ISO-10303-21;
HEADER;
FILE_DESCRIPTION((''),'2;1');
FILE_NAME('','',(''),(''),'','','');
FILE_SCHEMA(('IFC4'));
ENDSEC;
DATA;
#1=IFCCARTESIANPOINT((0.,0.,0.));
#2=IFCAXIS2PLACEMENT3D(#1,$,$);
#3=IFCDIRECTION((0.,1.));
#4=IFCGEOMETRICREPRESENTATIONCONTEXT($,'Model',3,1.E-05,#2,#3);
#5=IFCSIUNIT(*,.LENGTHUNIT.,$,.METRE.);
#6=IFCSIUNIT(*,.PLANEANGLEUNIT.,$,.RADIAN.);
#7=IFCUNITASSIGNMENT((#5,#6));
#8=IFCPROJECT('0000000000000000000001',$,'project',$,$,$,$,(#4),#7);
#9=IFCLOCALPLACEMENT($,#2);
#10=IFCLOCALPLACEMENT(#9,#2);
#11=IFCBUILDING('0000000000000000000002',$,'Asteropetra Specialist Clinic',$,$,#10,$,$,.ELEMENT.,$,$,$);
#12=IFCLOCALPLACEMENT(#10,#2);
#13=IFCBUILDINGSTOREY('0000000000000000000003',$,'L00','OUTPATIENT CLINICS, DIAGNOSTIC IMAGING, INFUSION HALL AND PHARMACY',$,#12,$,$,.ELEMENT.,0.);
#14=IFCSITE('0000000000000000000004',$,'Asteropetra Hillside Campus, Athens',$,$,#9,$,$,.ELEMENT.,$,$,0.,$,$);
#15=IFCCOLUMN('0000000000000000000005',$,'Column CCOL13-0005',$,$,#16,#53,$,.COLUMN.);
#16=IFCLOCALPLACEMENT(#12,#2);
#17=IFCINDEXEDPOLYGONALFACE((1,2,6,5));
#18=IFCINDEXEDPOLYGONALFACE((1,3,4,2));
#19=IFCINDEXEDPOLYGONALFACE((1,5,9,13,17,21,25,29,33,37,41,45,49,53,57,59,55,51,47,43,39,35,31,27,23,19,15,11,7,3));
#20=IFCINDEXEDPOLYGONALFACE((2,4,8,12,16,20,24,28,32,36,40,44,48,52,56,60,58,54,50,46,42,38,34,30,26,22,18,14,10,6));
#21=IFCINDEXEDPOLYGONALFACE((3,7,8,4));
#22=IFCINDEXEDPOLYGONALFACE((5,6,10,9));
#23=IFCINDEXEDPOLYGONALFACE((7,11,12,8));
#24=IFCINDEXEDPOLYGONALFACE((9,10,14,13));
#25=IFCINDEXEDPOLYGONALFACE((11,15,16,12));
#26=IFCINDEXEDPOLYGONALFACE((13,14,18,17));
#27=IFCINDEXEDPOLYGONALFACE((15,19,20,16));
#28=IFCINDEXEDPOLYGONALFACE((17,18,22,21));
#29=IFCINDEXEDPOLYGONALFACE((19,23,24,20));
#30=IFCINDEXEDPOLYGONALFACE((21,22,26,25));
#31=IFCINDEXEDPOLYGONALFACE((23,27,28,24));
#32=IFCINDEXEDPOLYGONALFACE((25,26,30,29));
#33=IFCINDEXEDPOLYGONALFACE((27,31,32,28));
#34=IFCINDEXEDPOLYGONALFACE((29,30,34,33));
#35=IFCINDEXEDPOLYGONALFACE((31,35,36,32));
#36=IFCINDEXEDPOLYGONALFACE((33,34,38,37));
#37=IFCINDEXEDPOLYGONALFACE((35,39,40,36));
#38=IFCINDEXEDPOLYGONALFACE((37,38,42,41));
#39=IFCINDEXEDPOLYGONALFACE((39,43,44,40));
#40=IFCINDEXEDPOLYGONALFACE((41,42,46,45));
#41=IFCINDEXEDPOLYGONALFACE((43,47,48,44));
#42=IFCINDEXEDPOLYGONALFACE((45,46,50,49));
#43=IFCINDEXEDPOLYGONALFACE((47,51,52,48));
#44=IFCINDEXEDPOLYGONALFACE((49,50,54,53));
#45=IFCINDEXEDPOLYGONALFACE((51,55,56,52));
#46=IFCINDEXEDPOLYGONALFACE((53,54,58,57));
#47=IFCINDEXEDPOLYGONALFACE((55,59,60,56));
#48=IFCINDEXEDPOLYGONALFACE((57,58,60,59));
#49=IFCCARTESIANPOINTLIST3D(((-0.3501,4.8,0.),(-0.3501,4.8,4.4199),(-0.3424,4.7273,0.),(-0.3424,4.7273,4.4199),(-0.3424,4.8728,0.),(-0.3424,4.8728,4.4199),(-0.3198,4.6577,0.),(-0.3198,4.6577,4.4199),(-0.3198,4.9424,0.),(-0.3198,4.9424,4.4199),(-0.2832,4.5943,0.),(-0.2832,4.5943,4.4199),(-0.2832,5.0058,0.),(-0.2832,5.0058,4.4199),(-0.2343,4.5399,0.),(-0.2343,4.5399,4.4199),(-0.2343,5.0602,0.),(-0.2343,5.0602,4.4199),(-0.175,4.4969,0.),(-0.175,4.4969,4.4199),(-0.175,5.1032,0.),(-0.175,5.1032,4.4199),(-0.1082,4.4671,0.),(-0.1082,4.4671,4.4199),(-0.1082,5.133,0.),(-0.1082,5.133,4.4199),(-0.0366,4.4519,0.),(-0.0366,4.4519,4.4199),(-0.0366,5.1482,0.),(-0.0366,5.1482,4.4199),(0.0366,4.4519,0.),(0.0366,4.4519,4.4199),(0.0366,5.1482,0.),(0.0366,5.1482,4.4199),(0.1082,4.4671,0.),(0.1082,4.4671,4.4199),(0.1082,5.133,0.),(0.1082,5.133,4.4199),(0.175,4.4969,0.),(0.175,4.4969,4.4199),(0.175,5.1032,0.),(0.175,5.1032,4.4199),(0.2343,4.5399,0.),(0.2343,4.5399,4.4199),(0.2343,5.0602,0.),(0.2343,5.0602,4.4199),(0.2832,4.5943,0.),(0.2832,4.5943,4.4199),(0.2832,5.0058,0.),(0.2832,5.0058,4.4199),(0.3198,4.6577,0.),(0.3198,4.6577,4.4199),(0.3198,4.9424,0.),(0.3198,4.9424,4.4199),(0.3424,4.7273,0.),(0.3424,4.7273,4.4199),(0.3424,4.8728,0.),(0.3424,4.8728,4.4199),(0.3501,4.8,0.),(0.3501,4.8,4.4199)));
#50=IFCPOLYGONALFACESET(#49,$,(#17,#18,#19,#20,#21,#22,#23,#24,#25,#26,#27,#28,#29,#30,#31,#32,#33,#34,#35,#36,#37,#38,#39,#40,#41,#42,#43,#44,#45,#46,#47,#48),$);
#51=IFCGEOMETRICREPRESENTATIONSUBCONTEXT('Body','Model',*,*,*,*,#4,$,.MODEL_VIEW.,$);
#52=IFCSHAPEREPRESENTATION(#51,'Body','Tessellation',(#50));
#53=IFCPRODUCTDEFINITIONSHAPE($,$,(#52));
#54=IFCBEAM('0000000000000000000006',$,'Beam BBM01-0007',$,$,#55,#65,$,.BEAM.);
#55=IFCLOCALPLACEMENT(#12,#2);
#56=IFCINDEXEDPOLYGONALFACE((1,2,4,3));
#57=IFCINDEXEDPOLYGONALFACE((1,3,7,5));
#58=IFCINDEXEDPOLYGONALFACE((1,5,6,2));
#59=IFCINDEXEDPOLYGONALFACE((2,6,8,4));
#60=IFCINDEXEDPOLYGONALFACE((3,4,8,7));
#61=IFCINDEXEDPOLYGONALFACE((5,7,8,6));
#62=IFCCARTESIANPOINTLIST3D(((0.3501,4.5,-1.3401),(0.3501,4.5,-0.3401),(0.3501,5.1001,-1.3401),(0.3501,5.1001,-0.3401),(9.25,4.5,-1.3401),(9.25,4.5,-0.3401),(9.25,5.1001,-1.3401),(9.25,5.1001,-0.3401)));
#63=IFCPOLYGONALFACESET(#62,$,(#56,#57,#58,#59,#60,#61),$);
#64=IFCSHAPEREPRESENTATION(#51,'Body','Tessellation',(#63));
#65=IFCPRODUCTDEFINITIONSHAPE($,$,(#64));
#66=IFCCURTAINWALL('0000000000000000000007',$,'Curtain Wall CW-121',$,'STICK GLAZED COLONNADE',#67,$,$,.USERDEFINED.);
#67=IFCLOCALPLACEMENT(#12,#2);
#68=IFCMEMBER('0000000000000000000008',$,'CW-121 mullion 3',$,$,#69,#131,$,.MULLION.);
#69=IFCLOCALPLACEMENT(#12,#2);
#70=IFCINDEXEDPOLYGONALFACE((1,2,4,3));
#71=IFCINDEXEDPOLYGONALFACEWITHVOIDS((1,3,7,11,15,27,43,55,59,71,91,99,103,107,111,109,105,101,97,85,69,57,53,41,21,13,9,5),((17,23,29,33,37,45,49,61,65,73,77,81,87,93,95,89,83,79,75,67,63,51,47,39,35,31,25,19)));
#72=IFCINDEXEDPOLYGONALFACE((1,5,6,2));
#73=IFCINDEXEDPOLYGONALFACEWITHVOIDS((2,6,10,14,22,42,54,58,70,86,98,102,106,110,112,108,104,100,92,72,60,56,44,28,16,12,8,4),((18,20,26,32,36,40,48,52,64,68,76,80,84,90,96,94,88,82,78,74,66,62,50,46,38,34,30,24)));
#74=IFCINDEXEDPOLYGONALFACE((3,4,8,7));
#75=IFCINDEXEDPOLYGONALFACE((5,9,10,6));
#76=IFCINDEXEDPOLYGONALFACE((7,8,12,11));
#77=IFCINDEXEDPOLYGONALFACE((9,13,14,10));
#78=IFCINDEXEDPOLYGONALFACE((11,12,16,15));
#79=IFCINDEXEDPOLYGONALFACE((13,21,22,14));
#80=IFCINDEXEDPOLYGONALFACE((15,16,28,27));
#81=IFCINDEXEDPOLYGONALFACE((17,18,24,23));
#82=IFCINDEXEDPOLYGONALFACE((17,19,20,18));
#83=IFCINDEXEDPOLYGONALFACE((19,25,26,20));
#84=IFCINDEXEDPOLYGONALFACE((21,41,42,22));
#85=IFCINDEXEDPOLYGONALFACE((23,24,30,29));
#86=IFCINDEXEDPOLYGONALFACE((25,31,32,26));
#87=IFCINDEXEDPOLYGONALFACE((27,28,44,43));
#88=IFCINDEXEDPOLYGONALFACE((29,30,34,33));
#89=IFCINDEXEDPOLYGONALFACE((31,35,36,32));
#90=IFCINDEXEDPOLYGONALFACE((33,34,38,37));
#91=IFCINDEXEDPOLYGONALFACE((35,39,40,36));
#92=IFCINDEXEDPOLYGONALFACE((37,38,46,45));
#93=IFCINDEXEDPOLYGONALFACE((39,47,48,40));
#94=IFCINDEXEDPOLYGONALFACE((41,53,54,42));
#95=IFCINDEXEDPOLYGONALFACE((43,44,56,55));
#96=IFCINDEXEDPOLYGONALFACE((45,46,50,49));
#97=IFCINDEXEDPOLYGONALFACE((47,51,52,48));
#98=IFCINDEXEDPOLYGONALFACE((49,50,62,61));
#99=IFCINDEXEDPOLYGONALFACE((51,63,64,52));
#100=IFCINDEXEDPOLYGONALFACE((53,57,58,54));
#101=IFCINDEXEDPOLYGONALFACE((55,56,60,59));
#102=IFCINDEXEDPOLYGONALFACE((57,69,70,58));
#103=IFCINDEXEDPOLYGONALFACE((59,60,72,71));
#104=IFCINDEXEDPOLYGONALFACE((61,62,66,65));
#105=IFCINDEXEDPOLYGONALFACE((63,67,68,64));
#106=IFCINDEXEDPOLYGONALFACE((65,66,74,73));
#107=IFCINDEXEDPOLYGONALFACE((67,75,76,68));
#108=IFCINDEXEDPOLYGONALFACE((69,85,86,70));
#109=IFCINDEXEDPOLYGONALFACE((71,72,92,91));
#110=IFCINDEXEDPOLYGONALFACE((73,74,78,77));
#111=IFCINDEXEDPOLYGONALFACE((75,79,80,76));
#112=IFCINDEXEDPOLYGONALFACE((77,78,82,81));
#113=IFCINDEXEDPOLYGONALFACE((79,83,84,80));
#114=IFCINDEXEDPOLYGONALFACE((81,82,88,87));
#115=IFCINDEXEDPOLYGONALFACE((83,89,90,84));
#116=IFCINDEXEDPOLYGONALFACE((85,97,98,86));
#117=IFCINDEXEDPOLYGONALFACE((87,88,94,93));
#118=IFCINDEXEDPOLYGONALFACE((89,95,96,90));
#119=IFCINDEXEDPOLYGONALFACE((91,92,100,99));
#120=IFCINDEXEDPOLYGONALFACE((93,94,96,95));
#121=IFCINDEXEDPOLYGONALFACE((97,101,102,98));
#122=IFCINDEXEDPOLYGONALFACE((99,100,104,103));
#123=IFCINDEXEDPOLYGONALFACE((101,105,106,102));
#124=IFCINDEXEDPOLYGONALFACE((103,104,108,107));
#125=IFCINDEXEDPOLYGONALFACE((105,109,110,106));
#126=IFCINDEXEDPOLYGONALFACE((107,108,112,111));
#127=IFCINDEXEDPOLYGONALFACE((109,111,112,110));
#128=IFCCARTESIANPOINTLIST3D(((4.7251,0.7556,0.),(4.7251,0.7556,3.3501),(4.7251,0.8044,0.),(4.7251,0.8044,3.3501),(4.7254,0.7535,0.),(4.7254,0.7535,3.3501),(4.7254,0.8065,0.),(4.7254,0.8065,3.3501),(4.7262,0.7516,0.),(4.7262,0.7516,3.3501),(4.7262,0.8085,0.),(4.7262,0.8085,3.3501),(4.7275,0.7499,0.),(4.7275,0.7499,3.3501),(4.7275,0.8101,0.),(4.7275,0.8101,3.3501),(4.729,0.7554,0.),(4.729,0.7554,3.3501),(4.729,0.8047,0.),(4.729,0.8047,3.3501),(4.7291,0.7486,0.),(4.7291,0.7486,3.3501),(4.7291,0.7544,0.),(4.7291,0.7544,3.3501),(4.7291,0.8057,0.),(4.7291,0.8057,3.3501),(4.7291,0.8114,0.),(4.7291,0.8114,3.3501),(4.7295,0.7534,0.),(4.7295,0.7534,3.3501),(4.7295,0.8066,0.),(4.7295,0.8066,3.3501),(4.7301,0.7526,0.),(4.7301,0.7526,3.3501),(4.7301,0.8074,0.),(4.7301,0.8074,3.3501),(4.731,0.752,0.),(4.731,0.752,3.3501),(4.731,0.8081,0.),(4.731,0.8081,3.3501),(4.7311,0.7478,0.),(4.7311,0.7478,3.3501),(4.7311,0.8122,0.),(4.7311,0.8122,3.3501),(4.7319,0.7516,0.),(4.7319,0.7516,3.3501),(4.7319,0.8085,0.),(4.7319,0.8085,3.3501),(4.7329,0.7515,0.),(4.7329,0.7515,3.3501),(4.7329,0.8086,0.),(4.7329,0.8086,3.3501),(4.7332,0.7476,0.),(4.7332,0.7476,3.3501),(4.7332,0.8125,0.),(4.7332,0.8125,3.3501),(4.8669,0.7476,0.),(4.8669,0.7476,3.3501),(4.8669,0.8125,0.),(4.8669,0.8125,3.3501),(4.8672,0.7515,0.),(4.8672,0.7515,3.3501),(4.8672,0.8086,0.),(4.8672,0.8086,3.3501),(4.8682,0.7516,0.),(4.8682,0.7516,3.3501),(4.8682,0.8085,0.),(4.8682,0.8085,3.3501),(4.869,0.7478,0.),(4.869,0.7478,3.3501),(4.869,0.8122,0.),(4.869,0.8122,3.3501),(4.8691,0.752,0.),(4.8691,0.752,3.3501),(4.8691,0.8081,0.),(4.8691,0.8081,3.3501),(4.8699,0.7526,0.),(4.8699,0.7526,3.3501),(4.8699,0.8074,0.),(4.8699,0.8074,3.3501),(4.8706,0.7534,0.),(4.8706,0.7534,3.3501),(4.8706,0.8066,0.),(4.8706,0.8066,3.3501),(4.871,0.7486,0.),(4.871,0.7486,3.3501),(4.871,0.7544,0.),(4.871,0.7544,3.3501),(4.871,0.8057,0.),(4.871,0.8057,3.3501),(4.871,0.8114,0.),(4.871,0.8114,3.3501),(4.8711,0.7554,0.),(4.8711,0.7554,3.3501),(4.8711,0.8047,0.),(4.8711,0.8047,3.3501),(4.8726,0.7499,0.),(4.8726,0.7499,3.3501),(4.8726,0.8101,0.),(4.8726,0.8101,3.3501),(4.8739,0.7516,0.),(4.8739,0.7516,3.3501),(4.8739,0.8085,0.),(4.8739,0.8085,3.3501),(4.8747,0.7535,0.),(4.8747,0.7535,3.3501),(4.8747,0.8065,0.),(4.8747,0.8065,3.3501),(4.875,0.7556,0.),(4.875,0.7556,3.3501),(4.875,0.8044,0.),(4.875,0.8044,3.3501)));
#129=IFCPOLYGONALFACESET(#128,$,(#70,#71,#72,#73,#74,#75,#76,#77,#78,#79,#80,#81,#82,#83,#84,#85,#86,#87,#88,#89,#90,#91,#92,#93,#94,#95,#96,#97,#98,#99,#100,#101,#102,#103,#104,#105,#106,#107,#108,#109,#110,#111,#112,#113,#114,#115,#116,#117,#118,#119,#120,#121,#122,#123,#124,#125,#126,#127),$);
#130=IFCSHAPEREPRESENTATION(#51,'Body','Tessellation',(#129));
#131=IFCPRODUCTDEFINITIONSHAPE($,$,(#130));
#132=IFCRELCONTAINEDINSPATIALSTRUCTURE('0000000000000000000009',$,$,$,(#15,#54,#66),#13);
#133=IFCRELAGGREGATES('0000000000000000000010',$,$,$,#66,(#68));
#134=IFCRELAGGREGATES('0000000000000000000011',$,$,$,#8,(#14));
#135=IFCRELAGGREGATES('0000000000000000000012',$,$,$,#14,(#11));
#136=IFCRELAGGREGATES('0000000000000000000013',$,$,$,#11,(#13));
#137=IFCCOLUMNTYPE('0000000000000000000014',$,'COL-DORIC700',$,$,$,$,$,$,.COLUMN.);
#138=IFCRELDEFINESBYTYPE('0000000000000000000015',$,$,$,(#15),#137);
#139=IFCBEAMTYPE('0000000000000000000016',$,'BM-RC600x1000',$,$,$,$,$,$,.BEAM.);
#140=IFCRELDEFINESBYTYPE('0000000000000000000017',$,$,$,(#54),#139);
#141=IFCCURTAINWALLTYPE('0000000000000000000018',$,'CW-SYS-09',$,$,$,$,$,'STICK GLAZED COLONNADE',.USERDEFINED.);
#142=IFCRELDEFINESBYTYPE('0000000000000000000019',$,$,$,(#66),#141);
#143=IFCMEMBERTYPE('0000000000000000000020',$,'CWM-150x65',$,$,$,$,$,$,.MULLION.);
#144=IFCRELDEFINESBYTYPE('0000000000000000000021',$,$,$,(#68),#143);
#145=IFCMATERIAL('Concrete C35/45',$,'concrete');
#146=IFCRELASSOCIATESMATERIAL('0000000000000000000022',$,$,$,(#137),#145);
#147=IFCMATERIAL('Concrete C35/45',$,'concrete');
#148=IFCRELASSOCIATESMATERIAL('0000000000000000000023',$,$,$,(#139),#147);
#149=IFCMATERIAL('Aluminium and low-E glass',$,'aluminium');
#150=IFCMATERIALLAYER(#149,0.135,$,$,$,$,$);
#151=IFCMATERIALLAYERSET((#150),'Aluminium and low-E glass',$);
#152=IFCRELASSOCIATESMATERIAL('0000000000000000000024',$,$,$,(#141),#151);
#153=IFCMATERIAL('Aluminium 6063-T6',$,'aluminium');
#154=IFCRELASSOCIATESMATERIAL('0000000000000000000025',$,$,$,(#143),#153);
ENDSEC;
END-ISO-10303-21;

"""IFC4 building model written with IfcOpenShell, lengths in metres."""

from ifc_helpers import new_model, si_unit, direction, frame, origin, origin_2d, place, context, subcontext, project, spatial, rectangle, hollow_rectangle, circle, extrude, material, layer, layer_set, material_profile, profile_set, type_object, element, aggregate, save


model = new_model("IFC4")

# Units and contexts
model_context = context("Model", 3, precision=1e-05, world=origin(), true_north=direction((0.0, 1.0)))
body_context = subcontext(model_context, "Body", "Model", "MODEL_VIEW")
ifc_project = project(units=[si_unit("LENGTHUNIT", "METRE"), si_unit("PLANEANGLEUNIT", "RADIAN")], contexts=[model_context])

# Site, building, storey
site_placement = place(None, origin())
site = spatial("IfcSite", under=ifc_project, at=site_placement, Name="Asteropetra Hillside Campus, Athens", CompositionType="ELEMENT", RefElevation=0.0)
building_placement = place(site_placement, origin())
building = spatial("IfcBuilding", under=site, at=building_placement, Name="Asteropetra Specialist Clinic", CompositionType="ELEMENT")
storey_placement = place(building_placement, origin())
storey = spatial("IfcBuildingStorey", under=building, at=storey_placement, Name="L00", Description="OUTPATIENT CLINICS, DIAGNOSTIC IMAGING, INFUSION HALL AND PHARMACY", CompositionType="ELEMENT", Elevation=0.0)

# Column
ifc_material_1 = material(Name="Concrete C35/45", Category="concrete")
ifc_material_profile_1 = material_profile(ifc_material_1, circle(Radius=0.3501, at=origin_2d()), Name="RCC D700")
ifc_profile_set_1 = profile_set([ifc_material_profile_1], Name="Concrete C35/45")
column_type = type_object("IfcColumnType", Name="COL-DORIC700", PredefinedType="COLUMN", material=ifc_profile_set_1)
column_placement = place(storey_placement, frame((0.0, 4.8, 0.0), z_axis=(0.0, 0.0, 1.0), x_axis=(1.0, 0.0, 0.0)))
element("IfcColumn", 1, at=column_placement, inside=storey, type_object=column_type, Name="Column CCOL13-0005", PredefinedType="COLUMN", context=body_context, shape_type="SweptSolid", body=[
    extrude(circle(Radius=0.3501, at=origin_2d()), origin(), (0.0, 0.0, 1.0), 4.4199),
])

# Beam
ifc_material_2 = material(Name="Concrete C35/45", Category="concrete")
ifc_material_profile_2 = material_profile(ifc_material_2, rectangle(XDim=0.6001, YDim=1.0, at=origin_2d()), Name="RCB 600x1000")
ifc_profile_set_2 = profile_set([ifc_material_profile_2], Name="Concrete C35/45")
beam_type_1 = type_object("IfcBeamType", Name="BM-RC600x1000", PredefinedType="BEAM", material=ifc_profile_set_2)
beam_1_placement = place(storey_placement, frame((0.3501, 4.8, -0.8401), z_axis=(1.0, 0.0, 0.0), x_axis=(0.0, 1.0, 0.0)))
element("IfcBeam", 2, at=beam_1_placement, inside=storey, type_object=beam_type_1, Name="Beam BBM01-0007", PredefinedType="BEAM", context=body_context, shape_type="SweptSolid", body=[
    extrude(rectangle(XDim=0.6001, YDim=1.0, at=origin_2d()), origin(), (0.0, 0.0, 1.0), 8.8999),
])

# Curtain wall, member
ifc_material_3 = material(Name="Aluminium and low-E glass", Category="aluminium")
ifc_layer_1 = layer(ifc_material_3, 0.135)
ifc_layer_set_1 = layer_set([ifc_layer_1], Name="Aluminium and low-E glass")
curtain_wall_type_1 = type_object("IfcCurtainWallType", Name="CW-SYS-09", ElementType="STICK GLAZED COLONNADE", PredefinedType="USERDEFINED", material=ifc_layer_set_1)
curtain_wall_1_placement = place(storey_placement, origin())
curtain_wall_1 = element("IfcCurtainWall", 3, at=curtain_wall_1_placement, inside=storey, type_object=curtain_wall_type_1, Name="Curtain Wall CW-121", ObjectType="STICK GLAZED COLONNADE", PredefinedType="USERDEFINED")
ifc_material_4 = material(Name="Aluminium 6063-T6", Category="aluminium")
ifc_material_profile_3 = material_profile(ifc_material_4, hollow_rectangle(XDim=0.0649, YDim=0.1499, WallThickness=0.0039, InnerFilletRadius=0.0039, OuterFilletRadius=0.0081, at=origin_2d()), Name="MUL 150x65x4.0")
ifc_profile_set_3 = profile_set([ifc_material_profile_3], Name="Aluminium 6063-T6")
member_type_1 = type_object("IfcMemberType", Name="CWM-150x65", PredefinedType="MULLION", material=ifc_profile_set_3)
member_1_placement = place(storey_placement, frame((4.8, 0.78, 0.0), z_axis=(0.0, 0.0, 1.0), x_axis=(0.0, 1.0, 0.0)))
member_1 = element("IfcMember", 4, at=member_1_placement, type_object=member_type_1, Name="CW-121 mullion 3", PredefinedType="MULLION", context=body_context, shape_type="SweptSolid", body=[
    extrude(hollow_rectangle(XDim=0.0649, YDim=0.1499, WallThickness=0.0039, InnerFilletRadius=0.0039, OuterFilletRadius=0.0081, at=origin_2d()), origin(), (0.0, 0.0, 1.0), 3.3501),
])

aggregate(curtain_wall_1, [member_1])

save(model, "model.ifc")
